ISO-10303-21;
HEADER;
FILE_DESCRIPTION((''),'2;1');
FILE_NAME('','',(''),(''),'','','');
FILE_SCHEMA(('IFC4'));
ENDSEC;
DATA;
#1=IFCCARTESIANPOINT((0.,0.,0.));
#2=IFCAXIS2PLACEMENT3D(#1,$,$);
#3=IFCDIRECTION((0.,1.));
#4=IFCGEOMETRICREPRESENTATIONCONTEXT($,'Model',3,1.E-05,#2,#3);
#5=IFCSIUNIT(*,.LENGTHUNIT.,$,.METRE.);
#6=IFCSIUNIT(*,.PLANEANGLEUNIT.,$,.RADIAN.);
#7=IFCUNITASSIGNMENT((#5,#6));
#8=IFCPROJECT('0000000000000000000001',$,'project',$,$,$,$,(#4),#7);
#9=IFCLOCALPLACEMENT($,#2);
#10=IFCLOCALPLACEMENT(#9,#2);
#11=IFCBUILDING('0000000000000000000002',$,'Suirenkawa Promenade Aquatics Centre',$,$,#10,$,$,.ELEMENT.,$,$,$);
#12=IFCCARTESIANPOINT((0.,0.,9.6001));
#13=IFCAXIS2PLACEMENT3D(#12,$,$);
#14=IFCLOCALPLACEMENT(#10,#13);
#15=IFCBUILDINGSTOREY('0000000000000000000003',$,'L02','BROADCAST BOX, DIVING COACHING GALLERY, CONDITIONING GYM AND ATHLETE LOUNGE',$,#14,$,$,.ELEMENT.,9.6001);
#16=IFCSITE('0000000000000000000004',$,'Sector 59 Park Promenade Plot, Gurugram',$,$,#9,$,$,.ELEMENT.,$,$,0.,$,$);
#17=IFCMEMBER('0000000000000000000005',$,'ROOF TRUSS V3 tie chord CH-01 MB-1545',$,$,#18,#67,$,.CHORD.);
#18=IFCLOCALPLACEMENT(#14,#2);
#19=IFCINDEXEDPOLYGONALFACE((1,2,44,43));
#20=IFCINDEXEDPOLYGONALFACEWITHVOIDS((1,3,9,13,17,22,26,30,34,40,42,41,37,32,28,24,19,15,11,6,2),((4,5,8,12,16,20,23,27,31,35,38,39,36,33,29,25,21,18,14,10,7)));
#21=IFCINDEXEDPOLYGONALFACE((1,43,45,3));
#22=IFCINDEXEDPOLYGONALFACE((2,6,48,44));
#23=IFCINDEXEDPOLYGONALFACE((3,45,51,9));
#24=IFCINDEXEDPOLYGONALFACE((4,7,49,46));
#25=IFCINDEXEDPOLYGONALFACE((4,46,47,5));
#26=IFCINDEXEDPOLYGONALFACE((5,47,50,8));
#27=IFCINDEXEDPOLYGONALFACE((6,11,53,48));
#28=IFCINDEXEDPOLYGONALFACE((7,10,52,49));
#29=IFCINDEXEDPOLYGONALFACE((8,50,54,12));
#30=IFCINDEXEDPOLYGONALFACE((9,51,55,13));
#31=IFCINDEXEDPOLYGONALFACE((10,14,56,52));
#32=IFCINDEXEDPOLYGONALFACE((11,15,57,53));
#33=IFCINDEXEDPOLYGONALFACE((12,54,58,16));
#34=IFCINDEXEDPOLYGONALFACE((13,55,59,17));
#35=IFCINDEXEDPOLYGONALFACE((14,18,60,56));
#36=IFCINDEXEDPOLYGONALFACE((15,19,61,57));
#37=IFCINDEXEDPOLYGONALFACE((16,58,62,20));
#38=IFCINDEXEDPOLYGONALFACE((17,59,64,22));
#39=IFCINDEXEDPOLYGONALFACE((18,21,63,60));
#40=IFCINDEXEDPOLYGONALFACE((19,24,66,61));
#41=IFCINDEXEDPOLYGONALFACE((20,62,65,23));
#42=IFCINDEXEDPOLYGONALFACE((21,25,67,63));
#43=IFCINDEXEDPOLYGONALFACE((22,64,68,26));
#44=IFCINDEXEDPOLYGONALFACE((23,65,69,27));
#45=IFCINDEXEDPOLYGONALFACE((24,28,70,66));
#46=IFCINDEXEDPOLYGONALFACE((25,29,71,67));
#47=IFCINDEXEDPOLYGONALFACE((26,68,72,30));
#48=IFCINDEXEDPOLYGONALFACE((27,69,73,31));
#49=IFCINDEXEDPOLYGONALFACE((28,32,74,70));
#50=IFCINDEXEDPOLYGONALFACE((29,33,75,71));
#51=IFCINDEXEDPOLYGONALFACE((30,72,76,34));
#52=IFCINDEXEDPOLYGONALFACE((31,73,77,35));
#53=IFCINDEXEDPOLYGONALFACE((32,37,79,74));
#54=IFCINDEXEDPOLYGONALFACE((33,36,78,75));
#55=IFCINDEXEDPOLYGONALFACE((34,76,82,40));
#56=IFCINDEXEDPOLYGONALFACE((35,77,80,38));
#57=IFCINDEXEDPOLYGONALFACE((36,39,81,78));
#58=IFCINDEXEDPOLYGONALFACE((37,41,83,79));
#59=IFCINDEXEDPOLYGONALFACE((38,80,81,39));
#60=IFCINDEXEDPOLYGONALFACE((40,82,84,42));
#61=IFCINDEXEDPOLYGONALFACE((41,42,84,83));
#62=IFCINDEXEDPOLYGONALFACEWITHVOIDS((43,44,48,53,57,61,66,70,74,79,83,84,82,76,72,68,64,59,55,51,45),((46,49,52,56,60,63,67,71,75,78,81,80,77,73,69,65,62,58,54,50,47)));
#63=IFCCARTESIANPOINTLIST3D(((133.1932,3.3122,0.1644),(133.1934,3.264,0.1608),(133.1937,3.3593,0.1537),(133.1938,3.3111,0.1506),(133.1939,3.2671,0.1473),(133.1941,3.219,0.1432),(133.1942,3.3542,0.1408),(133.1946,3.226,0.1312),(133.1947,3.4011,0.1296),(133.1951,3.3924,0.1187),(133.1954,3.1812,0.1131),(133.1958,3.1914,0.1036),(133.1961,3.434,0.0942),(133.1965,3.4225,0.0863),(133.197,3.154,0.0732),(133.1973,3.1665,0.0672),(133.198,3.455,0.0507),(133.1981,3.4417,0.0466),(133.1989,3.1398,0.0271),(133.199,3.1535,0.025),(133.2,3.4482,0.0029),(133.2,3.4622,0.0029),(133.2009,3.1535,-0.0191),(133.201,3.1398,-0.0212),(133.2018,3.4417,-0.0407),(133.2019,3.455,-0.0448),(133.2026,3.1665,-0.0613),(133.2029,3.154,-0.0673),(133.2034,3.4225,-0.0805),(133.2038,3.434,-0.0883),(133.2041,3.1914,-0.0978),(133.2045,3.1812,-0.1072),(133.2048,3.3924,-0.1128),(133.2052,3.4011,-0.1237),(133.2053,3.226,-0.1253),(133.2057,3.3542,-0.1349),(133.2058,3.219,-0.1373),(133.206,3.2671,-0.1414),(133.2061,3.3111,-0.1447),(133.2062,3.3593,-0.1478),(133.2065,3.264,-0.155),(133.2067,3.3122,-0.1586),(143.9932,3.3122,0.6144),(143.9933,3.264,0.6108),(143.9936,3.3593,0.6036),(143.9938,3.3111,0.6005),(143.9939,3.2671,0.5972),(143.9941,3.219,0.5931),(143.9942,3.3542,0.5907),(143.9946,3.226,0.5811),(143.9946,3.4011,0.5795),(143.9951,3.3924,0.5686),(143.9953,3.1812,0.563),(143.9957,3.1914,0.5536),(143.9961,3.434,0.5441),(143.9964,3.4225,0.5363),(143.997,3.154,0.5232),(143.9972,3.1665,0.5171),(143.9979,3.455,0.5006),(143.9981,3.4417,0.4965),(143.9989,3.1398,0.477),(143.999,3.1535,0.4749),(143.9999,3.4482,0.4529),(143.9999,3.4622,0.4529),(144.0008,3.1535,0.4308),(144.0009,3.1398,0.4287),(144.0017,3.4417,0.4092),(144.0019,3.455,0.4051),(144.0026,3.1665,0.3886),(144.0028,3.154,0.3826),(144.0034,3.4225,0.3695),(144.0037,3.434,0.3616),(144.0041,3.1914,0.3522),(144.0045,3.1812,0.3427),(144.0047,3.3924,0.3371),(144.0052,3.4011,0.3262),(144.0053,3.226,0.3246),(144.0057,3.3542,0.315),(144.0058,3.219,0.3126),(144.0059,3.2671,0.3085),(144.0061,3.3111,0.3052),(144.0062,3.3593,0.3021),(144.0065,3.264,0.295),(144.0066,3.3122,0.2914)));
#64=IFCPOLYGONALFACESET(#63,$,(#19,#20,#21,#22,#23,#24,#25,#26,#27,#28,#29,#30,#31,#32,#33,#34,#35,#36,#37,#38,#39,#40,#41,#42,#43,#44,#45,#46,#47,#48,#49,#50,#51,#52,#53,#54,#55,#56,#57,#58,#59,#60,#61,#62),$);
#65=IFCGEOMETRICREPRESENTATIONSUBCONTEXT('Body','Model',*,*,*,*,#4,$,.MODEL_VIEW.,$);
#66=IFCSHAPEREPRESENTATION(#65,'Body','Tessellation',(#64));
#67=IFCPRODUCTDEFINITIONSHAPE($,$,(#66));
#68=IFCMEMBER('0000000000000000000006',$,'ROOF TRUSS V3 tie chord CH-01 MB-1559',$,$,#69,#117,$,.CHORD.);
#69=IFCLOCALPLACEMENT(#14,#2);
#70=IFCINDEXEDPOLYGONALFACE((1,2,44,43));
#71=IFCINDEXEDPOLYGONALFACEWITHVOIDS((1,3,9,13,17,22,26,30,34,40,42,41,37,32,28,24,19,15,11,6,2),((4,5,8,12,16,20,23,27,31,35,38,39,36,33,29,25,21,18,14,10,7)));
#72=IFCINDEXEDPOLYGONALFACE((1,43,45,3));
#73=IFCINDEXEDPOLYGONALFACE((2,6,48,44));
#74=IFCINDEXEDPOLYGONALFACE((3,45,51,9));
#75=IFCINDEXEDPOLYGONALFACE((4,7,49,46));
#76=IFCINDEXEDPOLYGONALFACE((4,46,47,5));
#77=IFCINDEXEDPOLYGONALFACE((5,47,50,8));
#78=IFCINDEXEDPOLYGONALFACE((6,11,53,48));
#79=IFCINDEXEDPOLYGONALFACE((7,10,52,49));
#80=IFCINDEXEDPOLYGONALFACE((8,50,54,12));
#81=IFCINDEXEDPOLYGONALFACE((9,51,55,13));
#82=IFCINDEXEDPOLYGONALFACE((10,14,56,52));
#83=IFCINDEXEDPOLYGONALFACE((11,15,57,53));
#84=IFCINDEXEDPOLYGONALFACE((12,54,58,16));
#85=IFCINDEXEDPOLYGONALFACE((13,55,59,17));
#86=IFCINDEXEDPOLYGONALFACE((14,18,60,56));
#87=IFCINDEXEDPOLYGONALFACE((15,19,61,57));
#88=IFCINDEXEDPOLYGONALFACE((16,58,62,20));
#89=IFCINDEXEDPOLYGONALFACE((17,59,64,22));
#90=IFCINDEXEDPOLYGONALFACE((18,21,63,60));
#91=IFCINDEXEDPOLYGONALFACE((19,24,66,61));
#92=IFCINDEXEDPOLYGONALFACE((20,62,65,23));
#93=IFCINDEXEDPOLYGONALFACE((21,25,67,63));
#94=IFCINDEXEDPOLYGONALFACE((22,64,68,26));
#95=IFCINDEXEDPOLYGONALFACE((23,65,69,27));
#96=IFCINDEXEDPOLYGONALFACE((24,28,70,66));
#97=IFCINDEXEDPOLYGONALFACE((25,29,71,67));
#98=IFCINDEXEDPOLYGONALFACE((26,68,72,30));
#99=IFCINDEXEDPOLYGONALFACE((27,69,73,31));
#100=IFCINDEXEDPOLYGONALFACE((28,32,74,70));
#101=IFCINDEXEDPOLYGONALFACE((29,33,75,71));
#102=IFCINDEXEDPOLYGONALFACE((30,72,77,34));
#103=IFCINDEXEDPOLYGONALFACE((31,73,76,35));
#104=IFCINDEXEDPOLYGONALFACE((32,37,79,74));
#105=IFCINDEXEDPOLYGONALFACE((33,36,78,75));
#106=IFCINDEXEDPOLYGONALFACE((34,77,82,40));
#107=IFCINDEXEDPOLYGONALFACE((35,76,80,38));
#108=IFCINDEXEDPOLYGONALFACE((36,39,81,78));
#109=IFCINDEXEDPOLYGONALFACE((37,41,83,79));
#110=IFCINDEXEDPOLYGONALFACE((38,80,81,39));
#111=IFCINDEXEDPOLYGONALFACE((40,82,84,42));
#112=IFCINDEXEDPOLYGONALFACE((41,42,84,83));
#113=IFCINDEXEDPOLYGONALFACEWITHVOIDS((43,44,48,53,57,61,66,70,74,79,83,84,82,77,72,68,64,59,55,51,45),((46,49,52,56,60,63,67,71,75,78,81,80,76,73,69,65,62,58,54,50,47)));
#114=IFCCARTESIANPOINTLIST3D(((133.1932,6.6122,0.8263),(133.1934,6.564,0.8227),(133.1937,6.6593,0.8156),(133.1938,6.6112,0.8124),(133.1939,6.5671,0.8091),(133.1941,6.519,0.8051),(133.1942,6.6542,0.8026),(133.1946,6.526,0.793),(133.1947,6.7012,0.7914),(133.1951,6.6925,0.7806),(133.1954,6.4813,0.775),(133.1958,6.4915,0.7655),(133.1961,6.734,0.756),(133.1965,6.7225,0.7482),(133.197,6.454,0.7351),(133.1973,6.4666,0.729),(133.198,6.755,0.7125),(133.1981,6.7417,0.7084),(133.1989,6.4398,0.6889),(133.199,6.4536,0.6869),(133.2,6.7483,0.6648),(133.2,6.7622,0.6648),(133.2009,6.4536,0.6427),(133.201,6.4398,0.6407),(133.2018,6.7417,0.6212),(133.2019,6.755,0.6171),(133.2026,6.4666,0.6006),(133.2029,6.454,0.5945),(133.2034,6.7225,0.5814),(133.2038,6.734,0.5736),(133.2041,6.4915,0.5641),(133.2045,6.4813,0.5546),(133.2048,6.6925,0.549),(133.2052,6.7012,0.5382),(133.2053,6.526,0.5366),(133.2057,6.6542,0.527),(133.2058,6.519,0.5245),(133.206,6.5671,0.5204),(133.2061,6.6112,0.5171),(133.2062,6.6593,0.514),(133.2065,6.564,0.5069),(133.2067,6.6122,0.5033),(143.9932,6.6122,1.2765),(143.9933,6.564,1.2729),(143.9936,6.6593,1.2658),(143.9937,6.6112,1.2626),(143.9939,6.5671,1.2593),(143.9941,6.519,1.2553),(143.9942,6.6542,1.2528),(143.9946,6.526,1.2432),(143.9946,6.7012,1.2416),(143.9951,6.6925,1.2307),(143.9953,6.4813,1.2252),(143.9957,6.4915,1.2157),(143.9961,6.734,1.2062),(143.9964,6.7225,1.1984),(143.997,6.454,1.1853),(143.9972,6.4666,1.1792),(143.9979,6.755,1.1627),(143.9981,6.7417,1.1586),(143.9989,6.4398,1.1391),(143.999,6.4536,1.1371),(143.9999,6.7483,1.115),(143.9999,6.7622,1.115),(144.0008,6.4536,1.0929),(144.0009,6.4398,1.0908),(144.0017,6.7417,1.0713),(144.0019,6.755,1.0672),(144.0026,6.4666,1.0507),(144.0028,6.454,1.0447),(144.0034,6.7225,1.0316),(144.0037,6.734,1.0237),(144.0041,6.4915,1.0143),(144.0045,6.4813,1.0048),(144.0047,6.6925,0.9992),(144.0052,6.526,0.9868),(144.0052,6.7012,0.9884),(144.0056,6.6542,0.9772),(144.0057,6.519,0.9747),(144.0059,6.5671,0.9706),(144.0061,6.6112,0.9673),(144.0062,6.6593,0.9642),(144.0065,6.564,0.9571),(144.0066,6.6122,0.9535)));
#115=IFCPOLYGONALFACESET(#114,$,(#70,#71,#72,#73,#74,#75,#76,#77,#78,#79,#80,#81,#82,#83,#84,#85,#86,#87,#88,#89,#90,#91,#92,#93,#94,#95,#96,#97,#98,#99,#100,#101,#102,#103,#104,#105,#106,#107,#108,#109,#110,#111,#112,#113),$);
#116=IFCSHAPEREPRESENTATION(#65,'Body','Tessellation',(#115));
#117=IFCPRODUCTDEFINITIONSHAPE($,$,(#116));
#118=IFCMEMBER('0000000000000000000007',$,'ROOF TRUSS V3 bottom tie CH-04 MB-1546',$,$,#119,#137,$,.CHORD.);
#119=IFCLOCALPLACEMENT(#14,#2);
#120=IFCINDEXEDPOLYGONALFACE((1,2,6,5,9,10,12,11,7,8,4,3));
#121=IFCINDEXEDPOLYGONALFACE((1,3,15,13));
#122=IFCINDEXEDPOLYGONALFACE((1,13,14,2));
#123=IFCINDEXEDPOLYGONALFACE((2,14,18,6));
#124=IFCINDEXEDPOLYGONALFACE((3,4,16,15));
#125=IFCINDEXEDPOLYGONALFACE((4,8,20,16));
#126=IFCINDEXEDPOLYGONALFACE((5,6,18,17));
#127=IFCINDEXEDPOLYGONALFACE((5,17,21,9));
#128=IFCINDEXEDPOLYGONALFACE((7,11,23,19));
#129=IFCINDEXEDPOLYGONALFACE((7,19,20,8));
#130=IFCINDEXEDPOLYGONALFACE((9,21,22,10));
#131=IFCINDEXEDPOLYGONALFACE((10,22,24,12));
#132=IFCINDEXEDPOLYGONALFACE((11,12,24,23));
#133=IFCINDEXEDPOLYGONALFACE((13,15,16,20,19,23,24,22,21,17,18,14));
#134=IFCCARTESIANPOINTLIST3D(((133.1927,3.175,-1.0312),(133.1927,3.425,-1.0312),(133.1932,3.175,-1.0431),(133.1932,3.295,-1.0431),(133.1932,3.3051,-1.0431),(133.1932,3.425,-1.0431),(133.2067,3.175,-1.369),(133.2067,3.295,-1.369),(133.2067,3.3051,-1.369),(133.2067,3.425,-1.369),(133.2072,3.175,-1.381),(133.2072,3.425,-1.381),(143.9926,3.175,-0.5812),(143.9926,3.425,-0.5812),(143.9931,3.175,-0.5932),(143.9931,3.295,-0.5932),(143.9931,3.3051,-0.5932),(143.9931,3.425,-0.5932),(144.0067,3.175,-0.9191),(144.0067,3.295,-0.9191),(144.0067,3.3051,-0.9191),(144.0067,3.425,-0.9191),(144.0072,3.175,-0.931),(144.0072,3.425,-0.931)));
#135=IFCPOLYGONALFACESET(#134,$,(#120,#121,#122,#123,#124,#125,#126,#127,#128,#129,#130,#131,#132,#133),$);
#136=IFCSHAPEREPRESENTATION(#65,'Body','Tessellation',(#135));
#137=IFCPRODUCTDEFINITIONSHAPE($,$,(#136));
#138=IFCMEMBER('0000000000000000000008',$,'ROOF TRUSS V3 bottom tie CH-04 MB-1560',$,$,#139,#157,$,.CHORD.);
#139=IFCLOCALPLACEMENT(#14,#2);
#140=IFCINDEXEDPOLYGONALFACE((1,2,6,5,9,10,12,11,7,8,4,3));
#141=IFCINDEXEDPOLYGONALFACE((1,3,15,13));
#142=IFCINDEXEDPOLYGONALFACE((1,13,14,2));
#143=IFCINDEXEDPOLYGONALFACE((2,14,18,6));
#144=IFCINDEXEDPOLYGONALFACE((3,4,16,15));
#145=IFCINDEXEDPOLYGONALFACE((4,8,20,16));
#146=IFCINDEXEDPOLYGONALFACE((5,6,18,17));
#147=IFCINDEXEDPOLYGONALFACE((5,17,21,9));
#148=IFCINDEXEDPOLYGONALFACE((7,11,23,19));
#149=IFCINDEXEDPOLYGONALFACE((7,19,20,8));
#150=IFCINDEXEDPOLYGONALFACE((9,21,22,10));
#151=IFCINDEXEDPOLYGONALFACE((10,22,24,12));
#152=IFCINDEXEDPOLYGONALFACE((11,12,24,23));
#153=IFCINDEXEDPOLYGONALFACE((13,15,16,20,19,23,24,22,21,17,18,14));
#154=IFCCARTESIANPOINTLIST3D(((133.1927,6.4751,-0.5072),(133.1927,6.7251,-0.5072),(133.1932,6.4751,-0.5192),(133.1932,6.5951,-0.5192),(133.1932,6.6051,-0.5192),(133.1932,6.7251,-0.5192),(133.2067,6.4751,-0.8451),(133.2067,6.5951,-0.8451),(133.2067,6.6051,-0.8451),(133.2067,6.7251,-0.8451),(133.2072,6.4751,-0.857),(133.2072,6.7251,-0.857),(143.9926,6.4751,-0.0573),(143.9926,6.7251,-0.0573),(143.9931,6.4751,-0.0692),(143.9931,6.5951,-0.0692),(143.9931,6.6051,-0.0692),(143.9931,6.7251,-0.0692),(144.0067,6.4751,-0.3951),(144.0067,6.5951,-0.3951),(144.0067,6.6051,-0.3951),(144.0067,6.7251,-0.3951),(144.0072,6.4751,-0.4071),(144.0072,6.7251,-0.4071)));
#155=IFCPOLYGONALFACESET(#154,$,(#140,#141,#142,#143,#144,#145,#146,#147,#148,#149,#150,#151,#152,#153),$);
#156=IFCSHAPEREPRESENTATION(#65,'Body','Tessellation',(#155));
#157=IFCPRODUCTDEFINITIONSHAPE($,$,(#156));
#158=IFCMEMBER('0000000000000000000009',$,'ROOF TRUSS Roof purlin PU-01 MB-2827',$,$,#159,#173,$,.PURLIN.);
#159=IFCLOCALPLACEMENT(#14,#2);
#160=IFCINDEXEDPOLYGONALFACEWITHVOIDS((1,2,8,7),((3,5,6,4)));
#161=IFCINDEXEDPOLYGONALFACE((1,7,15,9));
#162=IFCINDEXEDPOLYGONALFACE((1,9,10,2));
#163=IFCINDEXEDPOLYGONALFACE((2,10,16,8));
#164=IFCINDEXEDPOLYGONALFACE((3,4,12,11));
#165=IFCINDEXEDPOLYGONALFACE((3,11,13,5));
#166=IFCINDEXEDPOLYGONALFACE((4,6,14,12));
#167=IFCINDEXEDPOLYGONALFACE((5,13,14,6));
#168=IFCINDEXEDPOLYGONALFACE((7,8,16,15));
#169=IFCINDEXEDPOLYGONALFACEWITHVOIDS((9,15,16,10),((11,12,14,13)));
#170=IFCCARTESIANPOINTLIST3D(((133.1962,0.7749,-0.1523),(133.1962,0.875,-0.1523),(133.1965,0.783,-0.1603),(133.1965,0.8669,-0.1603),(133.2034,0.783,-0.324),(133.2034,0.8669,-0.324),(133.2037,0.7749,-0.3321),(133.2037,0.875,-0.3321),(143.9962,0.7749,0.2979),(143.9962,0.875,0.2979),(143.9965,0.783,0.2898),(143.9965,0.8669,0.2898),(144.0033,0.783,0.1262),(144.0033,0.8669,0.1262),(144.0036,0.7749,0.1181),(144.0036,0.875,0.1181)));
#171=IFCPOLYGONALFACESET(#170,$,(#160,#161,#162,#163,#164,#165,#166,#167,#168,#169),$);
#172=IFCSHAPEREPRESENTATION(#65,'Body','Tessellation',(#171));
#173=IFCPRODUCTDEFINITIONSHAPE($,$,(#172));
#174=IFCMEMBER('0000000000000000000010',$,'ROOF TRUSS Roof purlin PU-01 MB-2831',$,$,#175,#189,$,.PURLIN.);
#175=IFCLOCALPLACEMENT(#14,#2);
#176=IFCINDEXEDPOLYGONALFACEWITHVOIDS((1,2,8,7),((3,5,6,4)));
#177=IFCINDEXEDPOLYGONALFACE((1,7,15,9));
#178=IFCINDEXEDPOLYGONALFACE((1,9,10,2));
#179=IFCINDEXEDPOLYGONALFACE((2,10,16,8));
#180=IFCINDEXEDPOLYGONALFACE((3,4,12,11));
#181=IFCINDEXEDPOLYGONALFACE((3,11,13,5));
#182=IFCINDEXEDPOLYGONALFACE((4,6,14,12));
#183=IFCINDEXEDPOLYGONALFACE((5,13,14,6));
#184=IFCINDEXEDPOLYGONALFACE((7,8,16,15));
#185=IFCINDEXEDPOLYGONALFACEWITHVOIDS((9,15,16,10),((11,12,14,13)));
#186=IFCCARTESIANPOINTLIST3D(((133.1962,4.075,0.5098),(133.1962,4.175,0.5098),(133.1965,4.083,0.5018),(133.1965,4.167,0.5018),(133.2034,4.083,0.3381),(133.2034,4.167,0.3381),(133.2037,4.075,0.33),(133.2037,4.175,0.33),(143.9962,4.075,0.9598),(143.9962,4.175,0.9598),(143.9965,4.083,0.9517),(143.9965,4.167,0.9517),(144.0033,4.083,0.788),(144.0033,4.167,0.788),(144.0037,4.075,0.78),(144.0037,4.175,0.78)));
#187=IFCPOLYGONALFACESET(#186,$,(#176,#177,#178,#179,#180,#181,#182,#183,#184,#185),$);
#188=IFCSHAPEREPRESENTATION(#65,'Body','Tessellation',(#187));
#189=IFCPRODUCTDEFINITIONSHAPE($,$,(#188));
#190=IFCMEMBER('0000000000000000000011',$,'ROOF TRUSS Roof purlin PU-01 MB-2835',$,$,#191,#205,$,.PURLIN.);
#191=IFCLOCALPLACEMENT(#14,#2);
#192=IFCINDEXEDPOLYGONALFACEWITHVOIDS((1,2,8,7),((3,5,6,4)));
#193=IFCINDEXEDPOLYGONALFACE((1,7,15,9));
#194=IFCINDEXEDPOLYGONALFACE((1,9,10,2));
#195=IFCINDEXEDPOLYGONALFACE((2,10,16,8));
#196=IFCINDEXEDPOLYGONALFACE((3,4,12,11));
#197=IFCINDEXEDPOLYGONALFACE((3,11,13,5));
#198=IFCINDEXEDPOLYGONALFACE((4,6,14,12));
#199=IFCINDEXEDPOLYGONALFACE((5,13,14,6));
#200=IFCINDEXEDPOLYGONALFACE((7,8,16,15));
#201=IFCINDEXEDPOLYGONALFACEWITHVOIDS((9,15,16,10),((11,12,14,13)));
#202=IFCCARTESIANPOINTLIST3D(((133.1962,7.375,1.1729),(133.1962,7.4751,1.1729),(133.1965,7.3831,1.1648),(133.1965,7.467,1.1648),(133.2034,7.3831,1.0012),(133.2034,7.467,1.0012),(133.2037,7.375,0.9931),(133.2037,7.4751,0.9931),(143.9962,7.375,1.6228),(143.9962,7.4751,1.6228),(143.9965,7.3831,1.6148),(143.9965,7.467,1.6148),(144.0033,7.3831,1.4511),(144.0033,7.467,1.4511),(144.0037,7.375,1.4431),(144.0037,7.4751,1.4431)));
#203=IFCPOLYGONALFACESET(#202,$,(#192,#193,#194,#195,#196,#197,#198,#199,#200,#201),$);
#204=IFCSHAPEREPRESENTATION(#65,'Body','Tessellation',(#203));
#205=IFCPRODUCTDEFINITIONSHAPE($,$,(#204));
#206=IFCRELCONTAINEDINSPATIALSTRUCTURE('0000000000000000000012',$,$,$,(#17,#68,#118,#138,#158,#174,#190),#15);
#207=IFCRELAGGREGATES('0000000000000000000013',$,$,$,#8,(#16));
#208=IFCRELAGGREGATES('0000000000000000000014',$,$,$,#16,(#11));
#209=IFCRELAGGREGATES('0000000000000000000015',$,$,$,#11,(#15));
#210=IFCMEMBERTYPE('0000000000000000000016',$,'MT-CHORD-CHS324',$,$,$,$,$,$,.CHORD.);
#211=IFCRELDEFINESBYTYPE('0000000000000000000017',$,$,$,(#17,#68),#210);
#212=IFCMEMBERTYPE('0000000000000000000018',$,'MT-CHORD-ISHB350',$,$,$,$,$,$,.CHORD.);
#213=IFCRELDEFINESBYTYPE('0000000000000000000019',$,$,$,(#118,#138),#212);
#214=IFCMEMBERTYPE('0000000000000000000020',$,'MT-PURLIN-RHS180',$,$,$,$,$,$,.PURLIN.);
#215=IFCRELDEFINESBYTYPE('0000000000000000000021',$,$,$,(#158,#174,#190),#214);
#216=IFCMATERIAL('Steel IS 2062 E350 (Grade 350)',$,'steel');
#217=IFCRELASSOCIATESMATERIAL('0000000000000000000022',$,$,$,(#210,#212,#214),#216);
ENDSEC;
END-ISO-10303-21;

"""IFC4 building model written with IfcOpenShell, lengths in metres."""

from ifc_helpers import new_model, si_unit, direction, frame, origin, origin_2d, place, context, subcontext, project, spatial, hollow_rectangle, hollow_circle, i_section, extrude, material, material_profile, profile_set, type_object, element, save


model = new_model("IFC4")

# Units and contexts
model_context = context("Model", 3, precision=1e-05, world=origin(), true_north=direction((0.0, 1.0)))
body_context = subcontext(model_context, "Body", "Model", "MODEL_VIEW")
ifc_project = project(units=[si_unit("LENGTHUNIT", "METRE"), si_unit("PLANEANGLEUNIT", "RADIAN")], contexts=[model_context])

# Site, building, storey
site_placement = place(None, origin())
site = spatial("IfcSite", under=ifc_project, at=site_placement, Name="Sector 59 Park Promenade Plot, Gurugram", CompositionType="ELEMENT", RefElevation=0.0)
building_placement = place(site_placement, origin())
building = spatial("IfcBuilding", under=site, at=building_placement, Name="Suirenkawa Promenade Aquatics Centre", CompositionType="ELEMENT")
storey_placement = place(building_placement, frame((0.0, 0.0, 9.6001)))
storey = spatial("IfcBuildingStorey", under=building, at=storey_placement, Name="L02", Description="BROADCAST BOX, DIVING COACHING GALLERY, CONDITIONING GYM AND ATHLETE LOUNGE", CompositionType="ELEMENT", Elevation=9.6001)

# Shared definitions
ifc_material_1 = material(Name="Steel IS 2062 E350 (Grade 350)", Category="steel")

# Members
ifc_material_profile_1 = material_profile(ifc_material_1, hollow_circle(Radius=0.1621, WallThickness=0.0139, at=origin_2d()), Name="CHS 324x14", Category="steel")
ifc_profile_set_1 = profile_set([ifc_material_profile_1], Name="Steel IS 2062 E350 (Grade 350)")
member_type_1 = type_object("IfcMemberType", Name="MT-CHORD-CHS324", PredefinedType="CHORD", material=ifc_profile_set_1)
for number, where, z_axis, x_axis, name in (
    (1, (133.2, 3.3, 0.0029), (0.999133, 0.0, 0.041626), (0.0, 1.0, 0.0), "ROOF TRUSS V3 tie chord CH-01 MB-1545"),
    (2, (133.2, 6.6001, 0.6648), (0.999132, 0.0, 0.041648), (0.0, 1.0, 0.0), "ROOF TRUSS V3 tie chord CH-01 MB-1559"),
):
    element("IfcMember", number, at=place(storey_placement, frame(where, z_axis=z_axis, x_axis=x_axis)), inside=storey, type_object=member_type_1, Name=name, PredefinedType="CHORD", context=body_context, shape_type="SweptSolid", body=[
        extrude(hollow_circle(Radius=0.1621, WallThickness=0.0139, at=origin_2d()), origin(), (0.0, 0.0, 1.0), 10.8093),
    ])
ifc_material_profile_2 = material_profile(ifc_material_1, i_section(OverallWidth=0.25, OverallDepth=0.3501, WebThickness=0.01, FlangeThickness=0.012, at=origin_2d()), Name="ISHB 350", Category="steel")
ifc_profile_set_2 = profile_set([ifc_material_profile_2], Name="Steel IS 2062 E350 (Grade 350)")
member_type_2 = type_object("IfcMemberType", Name="MT-CHORD-ISHB350", PredefinedType="CHORD", material=ifc_profile_set_2)
for number, where, z_axis, x_axis, name in (
    (3, (133.2, 3.3, -1.2061), (0.999133, 0.0, 0.041626), (0.0, 1.0, 0.0), "ROOF TRUSS V3 bottom tie CH-04 MB-1546"),
    (4, (133.2, 6.6001, -0.6821), (0.999133, 0.0, 0.041626), (0.0, 1.0, 0.0), "ROOF TRUSS V3 bottom tie CH-04 MB-1560"),
):
    element("IfcMember", number, at=place(storey_placement, frame(where, z_axis=z_axis, x_axis=x_axis)), inside=storey, type_object=member_type_2, Name=name, PredefinedType="CHORD", context=body_context, shape_type="SweptSolid", body=[
        extrude(i_section(OverallWidth=0.25, OverallDepth=0.3501, WebThickness=0.01, FlangeThickness=0.012, at=origin_2d()), origin(), (0.0, 0.0, 1.0), 10.8093),
    ])
ifc_material_profile_3 = material_profile(ifc_material_1, hollow_rectangle(XDim=0.1001, YDim=0.1799, WallThickness=0.0081, at=origin_2d()), Name="RHS 180x100x8", Category="steel")
ifc_profile_set_3 = profile_set([ifc_material_profile_3], Name="Steel IS 2062 E350 (Grade 350)")
member_type_3 = type_object("IfcMemberType", Name="MT-PURLIN-RHS180", PredefinedType="PURLIN", material=ifc_profile_set_3)
for number, where, z_axis, x_axis, name in (
    (5, (133.2, 0.825, -0.2422), (0.999132, 0.0, 0.041648), (0.0, 1.0, 0.0), "ROOF TRUSS Roof purlin PU-01 MB-2827"),
    (6, (133.2, 4.125, 0.4199), (0.999133, 0.0, 0.041626), (0.0, 1.0, 0.0), "ROOF TRUSS Roof purlin PU-01 MB-2831"),
    (7, (133.2, 7.425, 1.083), (0.999133, 0.0, 0.041626), (0.0, 1.0, 0.0), "ROOF TRUSS Roof purlin PU-01 MB-2835"),
):
    element("IfcMember", number, at=place(storey_placement, frame(where, z_axis=z_axis, x_axis=x_axis)), inside=storey, type_object=member_type_3, Name=name, PredefinedType="PURLIN", context=body_context, shape_type="SweptSolid", body=[
        extrude(hollow_rectangle(XDim=0.1001, YDim=0.1799, WallThickness=0.0081, at=origin_2d()), origin(), (0.0, 0.0, 1.0), 10.8093),
    ])

save(model, "model.ifc")
